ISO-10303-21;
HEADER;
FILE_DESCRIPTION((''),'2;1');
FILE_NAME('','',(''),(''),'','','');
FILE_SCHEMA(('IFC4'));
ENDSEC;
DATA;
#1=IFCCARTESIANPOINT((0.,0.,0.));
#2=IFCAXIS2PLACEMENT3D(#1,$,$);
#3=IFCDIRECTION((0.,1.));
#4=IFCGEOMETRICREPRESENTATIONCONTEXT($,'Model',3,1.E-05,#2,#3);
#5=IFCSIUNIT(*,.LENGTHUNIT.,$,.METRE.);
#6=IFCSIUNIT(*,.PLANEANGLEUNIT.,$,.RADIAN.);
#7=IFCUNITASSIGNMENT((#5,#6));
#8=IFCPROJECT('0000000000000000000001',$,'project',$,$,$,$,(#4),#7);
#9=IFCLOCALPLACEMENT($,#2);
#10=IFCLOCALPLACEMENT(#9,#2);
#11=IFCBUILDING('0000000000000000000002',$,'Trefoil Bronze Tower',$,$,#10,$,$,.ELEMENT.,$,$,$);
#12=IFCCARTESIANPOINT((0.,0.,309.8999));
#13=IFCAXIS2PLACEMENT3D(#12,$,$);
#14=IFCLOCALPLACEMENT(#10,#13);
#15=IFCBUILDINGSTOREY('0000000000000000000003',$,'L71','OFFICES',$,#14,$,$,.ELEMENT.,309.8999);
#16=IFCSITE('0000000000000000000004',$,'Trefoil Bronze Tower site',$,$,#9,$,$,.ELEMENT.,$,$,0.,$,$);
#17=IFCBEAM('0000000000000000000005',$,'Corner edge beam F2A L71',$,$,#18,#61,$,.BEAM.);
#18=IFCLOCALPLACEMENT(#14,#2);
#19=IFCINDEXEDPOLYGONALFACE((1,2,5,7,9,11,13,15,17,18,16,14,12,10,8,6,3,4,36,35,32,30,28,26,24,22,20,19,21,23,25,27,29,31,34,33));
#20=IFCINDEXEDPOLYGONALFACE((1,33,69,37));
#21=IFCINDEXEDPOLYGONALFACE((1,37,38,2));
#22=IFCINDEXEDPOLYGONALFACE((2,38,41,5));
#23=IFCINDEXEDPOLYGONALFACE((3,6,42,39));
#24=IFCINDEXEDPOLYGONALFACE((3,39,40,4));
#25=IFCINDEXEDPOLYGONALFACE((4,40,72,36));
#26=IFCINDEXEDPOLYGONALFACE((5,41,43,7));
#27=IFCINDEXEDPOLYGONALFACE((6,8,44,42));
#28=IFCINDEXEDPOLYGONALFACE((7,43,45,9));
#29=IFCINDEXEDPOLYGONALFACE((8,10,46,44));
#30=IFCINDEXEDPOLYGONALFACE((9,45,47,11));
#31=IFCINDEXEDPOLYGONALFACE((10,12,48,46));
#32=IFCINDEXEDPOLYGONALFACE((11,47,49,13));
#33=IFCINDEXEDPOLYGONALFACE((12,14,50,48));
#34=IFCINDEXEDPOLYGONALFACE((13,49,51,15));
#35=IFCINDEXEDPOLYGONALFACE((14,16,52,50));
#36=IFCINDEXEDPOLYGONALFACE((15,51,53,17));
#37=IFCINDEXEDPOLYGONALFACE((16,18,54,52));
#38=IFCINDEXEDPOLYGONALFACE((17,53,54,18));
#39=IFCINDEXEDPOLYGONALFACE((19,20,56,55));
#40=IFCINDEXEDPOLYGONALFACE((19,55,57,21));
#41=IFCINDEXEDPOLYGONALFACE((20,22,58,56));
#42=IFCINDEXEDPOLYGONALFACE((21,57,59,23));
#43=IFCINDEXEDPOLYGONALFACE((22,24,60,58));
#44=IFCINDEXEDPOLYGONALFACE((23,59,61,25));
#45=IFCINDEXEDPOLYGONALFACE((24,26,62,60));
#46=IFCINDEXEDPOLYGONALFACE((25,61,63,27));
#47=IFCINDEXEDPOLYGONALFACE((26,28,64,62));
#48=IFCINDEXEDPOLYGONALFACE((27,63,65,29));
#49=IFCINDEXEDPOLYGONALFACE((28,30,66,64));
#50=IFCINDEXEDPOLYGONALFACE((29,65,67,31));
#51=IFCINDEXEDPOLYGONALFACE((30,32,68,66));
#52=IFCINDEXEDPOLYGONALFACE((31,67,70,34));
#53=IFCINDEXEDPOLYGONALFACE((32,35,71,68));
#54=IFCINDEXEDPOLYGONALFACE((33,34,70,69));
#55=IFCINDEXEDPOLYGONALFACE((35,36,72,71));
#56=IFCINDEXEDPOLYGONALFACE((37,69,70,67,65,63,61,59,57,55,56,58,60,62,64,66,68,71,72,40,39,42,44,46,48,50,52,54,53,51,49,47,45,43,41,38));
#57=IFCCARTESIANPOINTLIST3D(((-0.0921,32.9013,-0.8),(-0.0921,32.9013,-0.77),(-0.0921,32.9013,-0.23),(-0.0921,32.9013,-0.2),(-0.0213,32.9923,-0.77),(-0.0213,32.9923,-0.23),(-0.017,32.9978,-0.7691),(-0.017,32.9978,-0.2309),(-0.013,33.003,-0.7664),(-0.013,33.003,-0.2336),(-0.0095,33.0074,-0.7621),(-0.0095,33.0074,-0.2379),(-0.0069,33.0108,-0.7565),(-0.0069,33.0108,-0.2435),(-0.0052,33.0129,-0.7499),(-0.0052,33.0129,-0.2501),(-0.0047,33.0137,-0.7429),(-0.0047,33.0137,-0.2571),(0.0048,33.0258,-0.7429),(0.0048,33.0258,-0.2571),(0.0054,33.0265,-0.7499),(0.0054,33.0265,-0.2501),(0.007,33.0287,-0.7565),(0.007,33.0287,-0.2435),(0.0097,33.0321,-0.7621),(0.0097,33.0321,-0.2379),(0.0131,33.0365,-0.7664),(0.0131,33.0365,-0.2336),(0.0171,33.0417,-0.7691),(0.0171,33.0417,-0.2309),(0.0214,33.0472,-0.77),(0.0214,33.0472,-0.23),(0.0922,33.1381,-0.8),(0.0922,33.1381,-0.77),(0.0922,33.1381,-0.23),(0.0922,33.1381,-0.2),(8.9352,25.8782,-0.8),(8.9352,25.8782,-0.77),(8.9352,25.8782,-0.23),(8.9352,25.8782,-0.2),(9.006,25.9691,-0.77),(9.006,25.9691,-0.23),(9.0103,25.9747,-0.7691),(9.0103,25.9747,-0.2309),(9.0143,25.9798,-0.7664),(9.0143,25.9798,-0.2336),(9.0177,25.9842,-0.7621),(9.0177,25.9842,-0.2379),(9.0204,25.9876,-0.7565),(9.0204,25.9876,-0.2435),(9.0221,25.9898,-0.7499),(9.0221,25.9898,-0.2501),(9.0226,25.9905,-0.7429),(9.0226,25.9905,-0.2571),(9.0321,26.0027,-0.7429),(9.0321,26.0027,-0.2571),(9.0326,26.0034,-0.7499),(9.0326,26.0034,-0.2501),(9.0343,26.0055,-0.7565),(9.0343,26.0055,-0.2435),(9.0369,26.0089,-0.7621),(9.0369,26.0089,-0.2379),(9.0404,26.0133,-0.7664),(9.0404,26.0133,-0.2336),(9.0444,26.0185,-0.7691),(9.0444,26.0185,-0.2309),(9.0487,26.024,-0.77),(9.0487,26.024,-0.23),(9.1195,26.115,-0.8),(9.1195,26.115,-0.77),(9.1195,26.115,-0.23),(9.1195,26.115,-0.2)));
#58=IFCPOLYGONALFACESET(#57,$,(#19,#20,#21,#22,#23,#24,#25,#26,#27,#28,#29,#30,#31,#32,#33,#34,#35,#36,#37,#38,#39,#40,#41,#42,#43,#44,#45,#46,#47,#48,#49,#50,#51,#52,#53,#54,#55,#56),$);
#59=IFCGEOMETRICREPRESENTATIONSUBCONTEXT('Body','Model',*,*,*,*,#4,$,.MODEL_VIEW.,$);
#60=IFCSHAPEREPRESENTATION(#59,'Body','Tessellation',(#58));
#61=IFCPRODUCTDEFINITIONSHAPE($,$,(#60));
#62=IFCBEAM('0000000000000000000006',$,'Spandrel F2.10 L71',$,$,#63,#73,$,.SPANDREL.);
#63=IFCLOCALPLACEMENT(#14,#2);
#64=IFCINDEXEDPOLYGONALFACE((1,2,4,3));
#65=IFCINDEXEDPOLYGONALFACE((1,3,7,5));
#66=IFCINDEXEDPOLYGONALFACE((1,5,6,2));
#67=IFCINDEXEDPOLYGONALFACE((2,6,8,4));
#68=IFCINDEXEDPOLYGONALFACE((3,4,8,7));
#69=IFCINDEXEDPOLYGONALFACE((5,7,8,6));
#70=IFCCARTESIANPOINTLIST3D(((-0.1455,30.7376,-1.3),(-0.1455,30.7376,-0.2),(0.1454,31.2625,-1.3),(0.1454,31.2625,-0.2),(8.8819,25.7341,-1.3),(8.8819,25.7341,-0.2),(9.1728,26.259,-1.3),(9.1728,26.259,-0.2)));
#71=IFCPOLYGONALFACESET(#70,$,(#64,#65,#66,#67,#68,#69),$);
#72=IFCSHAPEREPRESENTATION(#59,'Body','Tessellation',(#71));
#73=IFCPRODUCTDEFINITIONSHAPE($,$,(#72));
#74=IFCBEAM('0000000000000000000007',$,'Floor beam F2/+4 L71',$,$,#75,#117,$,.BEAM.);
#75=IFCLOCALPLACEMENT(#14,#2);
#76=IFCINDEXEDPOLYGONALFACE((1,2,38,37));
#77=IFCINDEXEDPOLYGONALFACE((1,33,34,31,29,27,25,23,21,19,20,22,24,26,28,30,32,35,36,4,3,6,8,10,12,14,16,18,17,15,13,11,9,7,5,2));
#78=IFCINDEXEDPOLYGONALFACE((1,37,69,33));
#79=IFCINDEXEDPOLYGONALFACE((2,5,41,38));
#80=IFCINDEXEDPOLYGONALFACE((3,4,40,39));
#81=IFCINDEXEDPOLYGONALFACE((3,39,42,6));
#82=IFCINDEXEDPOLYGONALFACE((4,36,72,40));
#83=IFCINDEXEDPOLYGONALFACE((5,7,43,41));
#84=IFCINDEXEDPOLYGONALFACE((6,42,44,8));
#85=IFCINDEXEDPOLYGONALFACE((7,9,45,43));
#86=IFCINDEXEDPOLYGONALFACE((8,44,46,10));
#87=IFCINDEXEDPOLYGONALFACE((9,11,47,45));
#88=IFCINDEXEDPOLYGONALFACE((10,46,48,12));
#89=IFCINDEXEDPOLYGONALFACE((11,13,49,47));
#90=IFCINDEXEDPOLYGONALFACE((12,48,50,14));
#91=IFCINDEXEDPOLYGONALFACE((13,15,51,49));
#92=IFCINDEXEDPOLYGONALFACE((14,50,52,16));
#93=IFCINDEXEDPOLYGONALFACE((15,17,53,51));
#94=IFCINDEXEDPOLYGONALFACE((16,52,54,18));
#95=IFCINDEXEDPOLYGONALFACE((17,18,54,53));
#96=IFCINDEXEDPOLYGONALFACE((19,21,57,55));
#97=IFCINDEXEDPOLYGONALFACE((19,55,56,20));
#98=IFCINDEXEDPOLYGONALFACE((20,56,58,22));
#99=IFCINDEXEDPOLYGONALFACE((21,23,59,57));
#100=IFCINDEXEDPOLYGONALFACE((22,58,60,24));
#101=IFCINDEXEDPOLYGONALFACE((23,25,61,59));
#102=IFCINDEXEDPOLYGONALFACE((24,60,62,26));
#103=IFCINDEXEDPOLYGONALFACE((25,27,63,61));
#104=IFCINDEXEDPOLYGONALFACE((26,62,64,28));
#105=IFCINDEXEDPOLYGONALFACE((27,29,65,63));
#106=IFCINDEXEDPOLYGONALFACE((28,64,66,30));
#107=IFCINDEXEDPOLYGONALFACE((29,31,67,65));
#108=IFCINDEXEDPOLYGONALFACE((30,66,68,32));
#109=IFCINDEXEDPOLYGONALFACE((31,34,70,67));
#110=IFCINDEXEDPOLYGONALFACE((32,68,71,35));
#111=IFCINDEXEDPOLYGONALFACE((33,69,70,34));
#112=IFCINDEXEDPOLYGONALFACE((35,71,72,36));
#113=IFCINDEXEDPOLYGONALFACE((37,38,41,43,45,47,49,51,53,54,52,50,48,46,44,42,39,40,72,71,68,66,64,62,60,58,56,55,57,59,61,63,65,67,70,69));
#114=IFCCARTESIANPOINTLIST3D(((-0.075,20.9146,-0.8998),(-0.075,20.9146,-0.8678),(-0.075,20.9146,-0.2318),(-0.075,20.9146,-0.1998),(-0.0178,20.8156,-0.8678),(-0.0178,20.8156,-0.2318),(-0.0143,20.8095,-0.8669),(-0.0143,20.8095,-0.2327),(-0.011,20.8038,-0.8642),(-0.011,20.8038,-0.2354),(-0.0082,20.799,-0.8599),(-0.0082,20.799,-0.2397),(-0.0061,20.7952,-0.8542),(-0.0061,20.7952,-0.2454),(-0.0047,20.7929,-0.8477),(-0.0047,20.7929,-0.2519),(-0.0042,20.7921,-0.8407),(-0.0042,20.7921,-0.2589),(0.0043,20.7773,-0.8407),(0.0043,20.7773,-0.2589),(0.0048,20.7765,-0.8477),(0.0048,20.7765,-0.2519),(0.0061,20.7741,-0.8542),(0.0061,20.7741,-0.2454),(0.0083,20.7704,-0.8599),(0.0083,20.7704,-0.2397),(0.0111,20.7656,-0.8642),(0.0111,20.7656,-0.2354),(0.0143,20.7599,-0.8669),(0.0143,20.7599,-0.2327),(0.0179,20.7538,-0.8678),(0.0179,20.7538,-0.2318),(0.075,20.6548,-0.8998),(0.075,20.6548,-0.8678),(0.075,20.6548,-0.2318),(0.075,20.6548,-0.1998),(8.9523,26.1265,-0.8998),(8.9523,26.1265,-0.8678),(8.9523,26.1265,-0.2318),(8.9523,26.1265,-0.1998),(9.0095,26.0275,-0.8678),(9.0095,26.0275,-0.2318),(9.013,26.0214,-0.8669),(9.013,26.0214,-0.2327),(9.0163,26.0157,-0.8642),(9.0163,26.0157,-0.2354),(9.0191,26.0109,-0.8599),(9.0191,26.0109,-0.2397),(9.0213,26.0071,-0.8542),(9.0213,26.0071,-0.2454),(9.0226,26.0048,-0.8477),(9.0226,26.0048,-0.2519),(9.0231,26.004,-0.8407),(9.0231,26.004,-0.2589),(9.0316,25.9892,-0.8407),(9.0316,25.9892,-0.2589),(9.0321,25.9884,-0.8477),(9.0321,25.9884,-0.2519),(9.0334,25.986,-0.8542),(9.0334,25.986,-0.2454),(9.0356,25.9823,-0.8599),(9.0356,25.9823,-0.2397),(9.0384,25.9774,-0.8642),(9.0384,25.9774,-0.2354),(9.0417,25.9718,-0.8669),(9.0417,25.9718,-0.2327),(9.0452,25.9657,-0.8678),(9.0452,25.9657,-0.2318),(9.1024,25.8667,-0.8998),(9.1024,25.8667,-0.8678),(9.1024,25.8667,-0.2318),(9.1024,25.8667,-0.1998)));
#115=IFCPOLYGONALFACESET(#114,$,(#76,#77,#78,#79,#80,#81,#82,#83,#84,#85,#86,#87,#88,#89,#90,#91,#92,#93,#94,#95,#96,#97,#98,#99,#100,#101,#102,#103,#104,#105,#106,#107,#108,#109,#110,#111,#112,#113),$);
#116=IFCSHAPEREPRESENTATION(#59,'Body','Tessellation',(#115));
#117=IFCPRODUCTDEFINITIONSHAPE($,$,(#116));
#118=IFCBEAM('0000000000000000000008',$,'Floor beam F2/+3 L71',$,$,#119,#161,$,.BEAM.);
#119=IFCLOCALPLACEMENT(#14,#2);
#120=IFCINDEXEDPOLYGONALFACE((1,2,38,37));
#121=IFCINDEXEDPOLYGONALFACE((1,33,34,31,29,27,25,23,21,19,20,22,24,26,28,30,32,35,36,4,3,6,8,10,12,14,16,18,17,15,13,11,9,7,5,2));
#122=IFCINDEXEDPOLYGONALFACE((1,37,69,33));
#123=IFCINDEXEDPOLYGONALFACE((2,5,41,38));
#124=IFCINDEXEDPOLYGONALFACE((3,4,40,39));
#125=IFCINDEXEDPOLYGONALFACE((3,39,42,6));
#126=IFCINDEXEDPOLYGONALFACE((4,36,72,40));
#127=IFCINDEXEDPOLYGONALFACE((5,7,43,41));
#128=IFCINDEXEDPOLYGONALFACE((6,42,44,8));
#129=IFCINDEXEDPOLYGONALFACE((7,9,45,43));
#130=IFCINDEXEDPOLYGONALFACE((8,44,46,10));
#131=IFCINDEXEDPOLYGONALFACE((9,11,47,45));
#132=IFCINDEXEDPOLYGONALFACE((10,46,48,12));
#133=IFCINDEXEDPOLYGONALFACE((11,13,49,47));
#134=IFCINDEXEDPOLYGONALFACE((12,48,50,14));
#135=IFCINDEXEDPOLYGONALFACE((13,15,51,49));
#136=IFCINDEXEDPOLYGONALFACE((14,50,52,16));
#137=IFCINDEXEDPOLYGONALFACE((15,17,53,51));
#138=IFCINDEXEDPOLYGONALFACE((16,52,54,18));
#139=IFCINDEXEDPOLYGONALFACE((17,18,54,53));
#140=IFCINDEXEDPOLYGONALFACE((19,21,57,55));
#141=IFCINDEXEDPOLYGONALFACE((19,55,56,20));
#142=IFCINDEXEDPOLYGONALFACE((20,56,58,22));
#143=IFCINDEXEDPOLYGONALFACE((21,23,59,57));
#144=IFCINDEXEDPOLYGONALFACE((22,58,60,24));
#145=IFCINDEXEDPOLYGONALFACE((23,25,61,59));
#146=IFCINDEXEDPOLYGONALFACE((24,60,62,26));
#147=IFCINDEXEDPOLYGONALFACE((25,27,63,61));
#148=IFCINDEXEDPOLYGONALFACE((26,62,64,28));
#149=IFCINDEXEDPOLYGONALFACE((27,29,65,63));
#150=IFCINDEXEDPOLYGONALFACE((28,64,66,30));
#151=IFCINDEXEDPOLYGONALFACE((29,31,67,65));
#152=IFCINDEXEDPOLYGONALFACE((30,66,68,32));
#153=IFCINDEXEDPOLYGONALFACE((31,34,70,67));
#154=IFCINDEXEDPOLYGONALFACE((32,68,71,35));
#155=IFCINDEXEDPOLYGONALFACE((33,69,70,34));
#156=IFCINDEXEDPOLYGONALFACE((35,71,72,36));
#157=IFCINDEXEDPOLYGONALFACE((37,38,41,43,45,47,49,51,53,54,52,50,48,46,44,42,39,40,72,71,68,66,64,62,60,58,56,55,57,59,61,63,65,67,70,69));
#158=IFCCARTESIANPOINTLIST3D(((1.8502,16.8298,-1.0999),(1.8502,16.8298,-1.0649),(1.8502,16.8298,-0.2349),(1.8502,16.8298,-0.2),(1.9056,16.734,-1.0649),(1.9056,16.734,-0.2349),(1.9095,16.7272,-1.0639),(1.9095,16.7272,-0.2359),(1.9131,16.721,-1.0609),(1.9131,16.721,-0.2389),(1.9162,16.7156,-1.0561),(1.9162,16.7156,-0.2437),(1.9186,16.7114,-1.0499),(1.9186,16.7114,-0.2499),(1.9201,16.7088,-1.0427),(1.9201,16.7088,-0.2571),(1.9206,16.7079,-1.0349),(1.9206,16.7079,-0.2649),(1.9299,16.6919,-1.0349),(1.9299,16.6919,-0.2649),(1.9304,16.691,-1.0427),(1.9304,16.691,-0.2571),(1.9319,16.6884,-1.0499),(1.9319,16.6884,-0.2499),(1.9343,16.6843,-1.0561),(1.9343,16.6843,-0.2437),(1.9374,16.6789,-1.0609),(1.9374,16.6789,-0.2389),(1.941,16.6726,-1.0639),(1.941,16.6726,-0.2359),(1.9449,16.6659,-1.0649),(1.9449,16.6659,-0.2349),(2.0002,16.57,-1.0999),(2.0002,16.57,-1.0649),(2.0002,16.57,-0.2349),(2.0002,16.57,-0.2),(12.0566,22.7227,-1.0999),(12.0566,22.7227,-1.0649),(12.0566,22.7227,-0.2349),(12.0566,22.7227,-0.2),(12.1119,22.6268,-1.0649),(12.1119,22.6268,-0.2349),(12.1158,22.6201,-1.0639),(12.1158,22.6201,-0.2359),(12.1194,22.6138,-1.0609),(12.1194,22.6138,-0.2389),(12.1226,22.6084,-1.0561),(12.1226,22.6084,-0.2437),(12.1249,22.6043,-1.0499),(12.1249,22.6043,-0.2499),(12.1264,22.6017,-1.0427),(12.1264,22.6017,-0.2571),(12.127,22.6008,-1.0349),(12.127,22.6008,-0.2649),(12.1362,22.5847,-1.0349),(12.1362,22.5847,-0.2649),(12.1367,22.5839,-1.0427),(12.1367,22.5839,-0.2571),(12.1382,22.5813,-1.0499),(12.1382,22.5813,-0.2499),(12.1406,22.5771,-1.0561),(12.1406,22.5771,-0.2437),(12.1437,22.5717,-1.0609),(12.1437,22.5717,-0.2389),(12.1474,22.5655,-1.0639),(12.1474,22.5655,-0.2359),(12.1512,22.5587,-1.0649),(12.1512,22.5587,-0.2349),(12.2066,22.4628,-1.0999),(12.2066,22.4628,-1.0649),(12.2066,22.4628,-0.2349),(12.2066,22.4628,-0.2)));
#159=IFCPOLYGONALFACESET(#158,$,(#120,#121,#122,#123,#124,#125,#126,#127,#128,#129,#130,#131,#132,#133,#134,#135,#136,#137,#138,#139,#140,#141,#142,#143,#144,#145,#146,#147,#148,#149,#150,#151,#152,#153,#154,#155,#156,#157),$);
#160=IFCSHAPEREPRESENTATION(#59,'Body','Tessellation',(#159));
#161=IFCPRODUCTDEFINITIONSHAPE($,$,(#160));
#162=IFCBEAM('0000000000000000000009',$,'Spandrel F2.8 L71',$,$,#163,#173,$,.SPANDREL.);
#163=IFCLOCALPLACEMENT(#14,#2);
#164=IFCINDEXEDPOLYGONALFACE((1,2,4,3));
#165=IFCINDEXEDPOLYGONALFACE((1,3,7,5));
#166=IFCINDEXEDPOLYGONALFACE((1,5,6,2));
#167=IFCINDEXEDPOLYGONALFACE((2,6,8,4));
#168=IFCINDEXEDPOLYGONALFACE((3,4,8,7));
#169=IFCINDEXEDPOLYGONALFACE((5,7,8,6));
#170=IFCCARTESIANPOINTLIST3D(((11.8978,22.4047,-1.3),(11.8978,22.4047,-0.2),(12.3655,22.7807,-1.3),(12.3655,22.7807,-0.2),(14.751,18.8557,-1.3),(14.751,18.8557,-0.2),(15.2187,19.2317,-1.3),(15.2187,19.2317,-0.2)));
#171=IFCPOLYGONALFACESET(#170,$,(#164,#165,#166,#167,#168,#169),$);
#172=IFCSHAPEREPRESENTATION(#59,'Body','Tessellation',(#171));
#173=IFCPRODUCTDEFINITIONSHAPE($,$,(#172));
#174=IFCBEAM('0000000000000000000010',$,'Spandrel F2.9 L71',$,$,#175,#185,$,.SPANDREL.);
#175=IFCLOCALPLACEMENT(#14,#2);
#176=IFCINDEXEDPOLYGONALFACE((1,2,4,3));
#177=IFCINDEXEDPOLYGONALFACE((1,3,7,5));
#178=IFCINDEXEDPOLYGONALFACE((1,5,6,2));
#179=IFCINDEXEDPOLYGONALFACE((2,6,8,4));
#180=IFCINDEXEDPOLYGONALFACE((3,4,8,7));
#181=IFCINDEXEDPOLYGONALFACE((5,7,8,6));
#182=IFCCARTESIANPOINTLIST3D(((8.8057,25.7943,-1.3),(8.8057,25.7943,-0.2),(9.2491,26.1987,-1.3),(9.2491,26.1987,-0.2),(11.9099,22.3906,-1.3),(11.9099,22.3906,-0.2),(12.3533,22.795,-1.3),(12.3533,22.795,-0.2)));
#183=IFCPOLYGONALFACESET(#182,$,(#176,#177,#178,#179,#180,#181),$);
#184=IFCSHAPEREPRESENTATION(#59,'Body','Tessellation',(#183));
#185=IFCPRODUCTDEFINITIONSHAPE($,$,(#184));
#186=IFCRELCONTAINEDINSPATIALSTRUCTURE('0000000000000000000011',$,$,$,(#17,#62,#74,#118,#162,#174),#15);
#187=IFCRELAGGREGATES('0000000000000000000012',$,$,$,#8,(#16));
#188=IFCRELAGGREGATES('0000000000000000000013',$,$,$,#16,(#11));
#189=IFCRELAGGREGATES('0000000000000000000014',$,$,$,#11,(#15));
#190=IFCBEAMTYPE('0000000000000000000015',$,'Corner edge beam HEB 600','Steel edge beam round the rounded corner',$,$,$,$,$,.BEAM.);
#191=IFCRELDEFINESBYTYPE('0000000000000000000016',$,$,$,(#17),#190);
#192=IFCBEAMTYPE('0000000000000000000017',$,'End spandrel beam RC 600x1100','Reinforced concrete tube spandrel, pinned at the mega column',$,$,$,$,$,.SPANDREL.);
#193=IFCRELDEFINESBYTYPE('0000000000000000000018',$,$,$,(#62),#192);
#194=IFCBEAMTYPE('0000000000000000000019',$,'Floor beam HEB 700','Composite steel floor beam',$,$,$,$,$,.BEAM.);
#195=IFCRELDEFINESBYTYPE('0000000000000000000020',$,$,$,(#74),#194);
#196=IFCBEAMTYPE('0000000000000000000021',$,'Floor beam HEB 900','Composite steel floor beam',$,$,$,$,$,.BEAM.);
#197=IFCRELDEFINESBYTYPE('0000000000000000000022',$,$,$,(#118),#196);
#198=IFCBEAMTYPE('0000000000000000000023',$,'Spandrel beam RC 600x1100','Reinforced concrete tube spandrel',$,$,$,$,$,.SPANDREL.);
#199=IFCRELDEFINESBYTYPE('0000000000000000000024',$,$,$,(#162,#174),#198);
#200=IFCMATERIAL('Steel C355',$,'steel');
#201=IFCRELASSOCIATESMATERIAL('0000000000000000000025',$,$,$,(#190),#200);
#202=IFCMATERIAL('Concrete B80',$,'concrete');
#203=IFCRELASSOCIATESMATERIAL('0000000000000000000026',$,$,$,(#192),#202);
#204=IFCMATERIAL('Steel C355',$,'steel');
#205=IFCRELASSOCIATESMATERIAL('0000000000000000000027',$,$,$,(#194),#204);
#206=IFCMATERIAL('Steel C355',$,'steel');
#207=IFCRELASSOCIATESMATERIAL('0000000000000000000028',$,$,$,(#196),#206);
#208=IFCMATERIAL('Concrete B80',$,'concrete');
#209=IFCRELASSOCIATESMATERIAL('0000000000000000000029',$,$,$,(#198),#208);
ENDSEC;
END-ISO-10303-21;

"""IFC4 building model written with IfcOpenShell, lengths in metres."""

from ifc_helpers import new_model, si_unit, direction, frame, origin, origin_2d, place, context, subcontext, project, spatial, rectangle, i_section, extrude, material, material_profile, profile_set, type_object, element, save


model = new_model("IFC4")

# Units and contexts
model_context = context("Model", 3, precision=1e-05, world=origin(), true_north=direction((0.0, 1.0)))
body_context = subcontext(model_context, "Body", "Model", "MODEL_VIEW")
ifc_project = project(units=[si_unit("LENGTHUNIT", "METRE"), si_unit("PLANEANGLEUNIT", "RADIAN")], contexts=[model_context])

# Site, building, storey
site_placement = place(None, origin())
site = spatial("IfcSite", under=ifc_project, at=site_placement, Name="Trefoil Bronze Tower site", CompositionType="ELEMENT", RefElevation=0.0)
building_placement = place(site_placement, origin())
building = spatial("IfcBuilding", under=site, at=building_placement, Name="Trefoil Bronze Tower", CompositionType="ELEMENT")
storey_placement = place(building_placement, frame((0.0, 0.0, 309.8999)))
storey = spatial("IfcBuildingStorey", under=building, at=storey_placement, Name="L71", Description="OFFICES", CompositionType="ELEMENT", Elevation=309.8999)

# Beams
ifc_material_1 = material(Name="Steel C355", Category="steel")
ifc_material_profile_1 = material_profile(ifc_material_1, i_section(OverallWidth=0.3, OverallDepth=0.6001, WebThickness=0.0154, FlangeThickness=0.03, FilletRadius=0.0271, at=origin_2d()), Name="HEB 600")
ifc_profile_set_1 = profile_set([ifc_material_profile_1], Name="Steel C355")
beam_type_1 = type_object("IfcBeamType", Name="Corner edge beam HEB 600", Description="Steel edge beam round the rounded corner", PredefinedType="BEAM", material=ifc_profile_set_1)
beam_1_placement = place(storey_placement, frame((9.0273, 25.9966, -0.5), z_axis=(-0.789271, 0.614046, 0.0), x_axis=(-0.614046, -0.789271, 0.0)))
element("IfcBeam", 1, at=beam_1_placement, inside=storey, type_object=beam_type_1, Name="Corner edge beam F2A L71", PredefinedType="BEAM", context=body_context, shape_type="SweptSolid", body=[
    extrude(i_section(OverallWidth=0.3, OverallDepth=0.6001, WebThickness=0.0154, FlangeThickness=0.03, FilletRadius=0.0271, at=origin_2d()), origin(), (0.0, 0.0, 1.0), 11.4375),
])
ifc_material_2 = material(Name="Concrete B80", Category="concrete")
ifc_material_profile_2 = material_profile(ifc_material_2, rectangle(XDim=0.6001, YDim=1.1001, at=origin_2d()), Name="RC 600x1100")
ifc_profile_set_2 = profile_set([ifc_material_profile_2], Name="Concrete B80")
beam_type_2 = type_object("IfcBeamType", Name="End spandrel beam RC 600x1100", Description="Reinforced concrete tube spandrel, pinned at the mega column", PredefinedType="SPANDREL", material=ifc_profile_set_2)
beam_2_placement = place(storey_placement, frame((9.0273, 25.9966, -0.75), z_axis=(-0.874641, 0.484771, 0.0), x_axis=(-0.484771, -0.874641, 0.0)))
element("IfcBeam", 2, at=beam_2_placement, inside=storey, type_object=beam_type_2, Name="Spandrel F2.10 L71", PredefinedType="SPANDREL", context=body_context, shape_type="SweptSolid", body=[
    extrude(rectangle(XDim=0.6001, YDim=1.1001, at=origin_2d()), origin(), (0.0, 0.0, 1.0), 10.3213),
])
ifc_material_3 = material(Name="Steel C355", Category="steel")
ifc_material_profile_3 = material_profile(ifc_material_3, i_section(OverallWidth=0.3, OverallDepth=0.7, WebThickness=0.0171, FlangeThickness=0.032, FilletRadius=0.0271, at=origin_2d()), Name="HEB 700")
ifc_profile_set_3 = profile_set([ifc_material_profile_3], Name="Steel C355")
beam_type_3 = type_object("IfcBeamType", Name="Floor beam HEB 700", Description="Composite steel floor beam", PredefinedType="BEAM", material=ifc_profile_set_3)
beam_3_placement = place(storey_placement, frame((9.0273, 25.9966, -0.5498), z_axis=(-0.866026, -0.499998, 0.0), x_axis=(0.499998, -0.866026, 0.0)))
element("IfcBeam", 3, at=beam_3_placement, inside=storey, type_object=beam_type_3, Name="Floor beam F2/+4 L71", PredefinedType="BEAM", context=body_context, shape_type="SweptSolid", body=[
    extrude(i_section(OverallWidth=0.3, OverallDepth=0.7, WebThickness=0.0171, FlangeThickness=0.032, FilletRadius=0.0271, at=origin_2d()), origin(), (0.0, 0.0, 1.0), 10.4238),
])
ifc_material_4 = material(Name="Steel C355", Category="steel")
ifc_material_profile_4 = material_profile(ifc_material_4, i_section(OverallWidth=0.3, OverallDepth=0.8999, WebThickness=0.0186, FlangeThickness=0.0349, FilletRadius=0.03, at=origin_2d()), Name="HEB 900")
ifc_profile_set_4 = profile_set([ifc_material_profile_4], Name="Steel C355")
beam_type_4 = type_object("IfcBeamType", Name="Floor beam HEB 900", Description="Composite steel floor beam", PredefinedType="BEAM", material=ifc_profile_set_4)
beam_4_placement = place(storey_placement, frame((12.1316, 22.5928, -0.6499), z_axis=(-0.866018, -0.500014, 0.0), x_axis=(0.500014, -0.866018, 0.0)))
element("IfcBeam", 4, at=beam_4_placement, inside=storey, type_object=beam_type_4, Name="Floor beam F2/+3 L71", PredefinedType="BEAM", context=body_context, shape_type="SweptSolid", body=[
    extrude(i_section(OverallWidth=0.3, OverallDepth=0.8999, WebThickness=0.0186, FlangeThickness=0.0349, FilletRadius=0.03, at=origin_2d()), origin(), (0.0, 0.0, 1.0), 11.7854),
])
ifc_material_5 = material(Name="Concrete B80", Category="concrete")
ifc_material_profile_5 = material_profile(ifc_material_5, rectangle(XDim=0.6001, YDim=1.1001, at=origin_2d()), Name="RC 600x1100")
ifc_profile_set_5 = profile_set([ifc_material_profile_5], Name="Concrete B80")
beam_type_5 = type_object("IfcBeamType", Name="Spandrel beam RC 600x1100", Description="Reinforced concrete tube spandrel", PredefinedType="SPANDREL", material=ifc_profile_set_5)
beam_5_placement = place(storey_placement, frame((14.9849, 19.0437, -0.75), z_axis=(-0.62657, 0.779365, 0.0), x_axis=(-0.779365, -0.62657, 0.0)))
element("IfcBeam", 5, at=beam_5_placement, inside=storey, type_object=beam_type_5, Name="Spandrel F2.8 L71", PredefinedType="SPANDREL", context=body_context, shape_type="SweptSolid", body=[
    extrude(rectangle(XDim=0.6001, YDim=1.1001, at=origin_2d()), origin(), (0.0, 0.0, 1.0), 4.5537),
])
beam_6_placement = place(storey_placement, frame((12.1316, 22.5928, -0.75), z_axis=(-0.673846, 0.738872, 0.0), x_axis=(-0.738872, -0.673846, 0.0)))
element("IfcBeam", 6, at=beam_6_placement, inside=storey, type_object=beam_type_5, Name="Spandrel F2.9 L71", PredefinedType="SPANDREL", context=body_context, shape_type="SweptSolid", body=[
    extrude(rectangle(XDim=0.6001, YDim=1.1001, at=origin_2d()), origin(), (0.0, 0.0, 1.0), 4.6067),
])

save(model, "model.ifc")
